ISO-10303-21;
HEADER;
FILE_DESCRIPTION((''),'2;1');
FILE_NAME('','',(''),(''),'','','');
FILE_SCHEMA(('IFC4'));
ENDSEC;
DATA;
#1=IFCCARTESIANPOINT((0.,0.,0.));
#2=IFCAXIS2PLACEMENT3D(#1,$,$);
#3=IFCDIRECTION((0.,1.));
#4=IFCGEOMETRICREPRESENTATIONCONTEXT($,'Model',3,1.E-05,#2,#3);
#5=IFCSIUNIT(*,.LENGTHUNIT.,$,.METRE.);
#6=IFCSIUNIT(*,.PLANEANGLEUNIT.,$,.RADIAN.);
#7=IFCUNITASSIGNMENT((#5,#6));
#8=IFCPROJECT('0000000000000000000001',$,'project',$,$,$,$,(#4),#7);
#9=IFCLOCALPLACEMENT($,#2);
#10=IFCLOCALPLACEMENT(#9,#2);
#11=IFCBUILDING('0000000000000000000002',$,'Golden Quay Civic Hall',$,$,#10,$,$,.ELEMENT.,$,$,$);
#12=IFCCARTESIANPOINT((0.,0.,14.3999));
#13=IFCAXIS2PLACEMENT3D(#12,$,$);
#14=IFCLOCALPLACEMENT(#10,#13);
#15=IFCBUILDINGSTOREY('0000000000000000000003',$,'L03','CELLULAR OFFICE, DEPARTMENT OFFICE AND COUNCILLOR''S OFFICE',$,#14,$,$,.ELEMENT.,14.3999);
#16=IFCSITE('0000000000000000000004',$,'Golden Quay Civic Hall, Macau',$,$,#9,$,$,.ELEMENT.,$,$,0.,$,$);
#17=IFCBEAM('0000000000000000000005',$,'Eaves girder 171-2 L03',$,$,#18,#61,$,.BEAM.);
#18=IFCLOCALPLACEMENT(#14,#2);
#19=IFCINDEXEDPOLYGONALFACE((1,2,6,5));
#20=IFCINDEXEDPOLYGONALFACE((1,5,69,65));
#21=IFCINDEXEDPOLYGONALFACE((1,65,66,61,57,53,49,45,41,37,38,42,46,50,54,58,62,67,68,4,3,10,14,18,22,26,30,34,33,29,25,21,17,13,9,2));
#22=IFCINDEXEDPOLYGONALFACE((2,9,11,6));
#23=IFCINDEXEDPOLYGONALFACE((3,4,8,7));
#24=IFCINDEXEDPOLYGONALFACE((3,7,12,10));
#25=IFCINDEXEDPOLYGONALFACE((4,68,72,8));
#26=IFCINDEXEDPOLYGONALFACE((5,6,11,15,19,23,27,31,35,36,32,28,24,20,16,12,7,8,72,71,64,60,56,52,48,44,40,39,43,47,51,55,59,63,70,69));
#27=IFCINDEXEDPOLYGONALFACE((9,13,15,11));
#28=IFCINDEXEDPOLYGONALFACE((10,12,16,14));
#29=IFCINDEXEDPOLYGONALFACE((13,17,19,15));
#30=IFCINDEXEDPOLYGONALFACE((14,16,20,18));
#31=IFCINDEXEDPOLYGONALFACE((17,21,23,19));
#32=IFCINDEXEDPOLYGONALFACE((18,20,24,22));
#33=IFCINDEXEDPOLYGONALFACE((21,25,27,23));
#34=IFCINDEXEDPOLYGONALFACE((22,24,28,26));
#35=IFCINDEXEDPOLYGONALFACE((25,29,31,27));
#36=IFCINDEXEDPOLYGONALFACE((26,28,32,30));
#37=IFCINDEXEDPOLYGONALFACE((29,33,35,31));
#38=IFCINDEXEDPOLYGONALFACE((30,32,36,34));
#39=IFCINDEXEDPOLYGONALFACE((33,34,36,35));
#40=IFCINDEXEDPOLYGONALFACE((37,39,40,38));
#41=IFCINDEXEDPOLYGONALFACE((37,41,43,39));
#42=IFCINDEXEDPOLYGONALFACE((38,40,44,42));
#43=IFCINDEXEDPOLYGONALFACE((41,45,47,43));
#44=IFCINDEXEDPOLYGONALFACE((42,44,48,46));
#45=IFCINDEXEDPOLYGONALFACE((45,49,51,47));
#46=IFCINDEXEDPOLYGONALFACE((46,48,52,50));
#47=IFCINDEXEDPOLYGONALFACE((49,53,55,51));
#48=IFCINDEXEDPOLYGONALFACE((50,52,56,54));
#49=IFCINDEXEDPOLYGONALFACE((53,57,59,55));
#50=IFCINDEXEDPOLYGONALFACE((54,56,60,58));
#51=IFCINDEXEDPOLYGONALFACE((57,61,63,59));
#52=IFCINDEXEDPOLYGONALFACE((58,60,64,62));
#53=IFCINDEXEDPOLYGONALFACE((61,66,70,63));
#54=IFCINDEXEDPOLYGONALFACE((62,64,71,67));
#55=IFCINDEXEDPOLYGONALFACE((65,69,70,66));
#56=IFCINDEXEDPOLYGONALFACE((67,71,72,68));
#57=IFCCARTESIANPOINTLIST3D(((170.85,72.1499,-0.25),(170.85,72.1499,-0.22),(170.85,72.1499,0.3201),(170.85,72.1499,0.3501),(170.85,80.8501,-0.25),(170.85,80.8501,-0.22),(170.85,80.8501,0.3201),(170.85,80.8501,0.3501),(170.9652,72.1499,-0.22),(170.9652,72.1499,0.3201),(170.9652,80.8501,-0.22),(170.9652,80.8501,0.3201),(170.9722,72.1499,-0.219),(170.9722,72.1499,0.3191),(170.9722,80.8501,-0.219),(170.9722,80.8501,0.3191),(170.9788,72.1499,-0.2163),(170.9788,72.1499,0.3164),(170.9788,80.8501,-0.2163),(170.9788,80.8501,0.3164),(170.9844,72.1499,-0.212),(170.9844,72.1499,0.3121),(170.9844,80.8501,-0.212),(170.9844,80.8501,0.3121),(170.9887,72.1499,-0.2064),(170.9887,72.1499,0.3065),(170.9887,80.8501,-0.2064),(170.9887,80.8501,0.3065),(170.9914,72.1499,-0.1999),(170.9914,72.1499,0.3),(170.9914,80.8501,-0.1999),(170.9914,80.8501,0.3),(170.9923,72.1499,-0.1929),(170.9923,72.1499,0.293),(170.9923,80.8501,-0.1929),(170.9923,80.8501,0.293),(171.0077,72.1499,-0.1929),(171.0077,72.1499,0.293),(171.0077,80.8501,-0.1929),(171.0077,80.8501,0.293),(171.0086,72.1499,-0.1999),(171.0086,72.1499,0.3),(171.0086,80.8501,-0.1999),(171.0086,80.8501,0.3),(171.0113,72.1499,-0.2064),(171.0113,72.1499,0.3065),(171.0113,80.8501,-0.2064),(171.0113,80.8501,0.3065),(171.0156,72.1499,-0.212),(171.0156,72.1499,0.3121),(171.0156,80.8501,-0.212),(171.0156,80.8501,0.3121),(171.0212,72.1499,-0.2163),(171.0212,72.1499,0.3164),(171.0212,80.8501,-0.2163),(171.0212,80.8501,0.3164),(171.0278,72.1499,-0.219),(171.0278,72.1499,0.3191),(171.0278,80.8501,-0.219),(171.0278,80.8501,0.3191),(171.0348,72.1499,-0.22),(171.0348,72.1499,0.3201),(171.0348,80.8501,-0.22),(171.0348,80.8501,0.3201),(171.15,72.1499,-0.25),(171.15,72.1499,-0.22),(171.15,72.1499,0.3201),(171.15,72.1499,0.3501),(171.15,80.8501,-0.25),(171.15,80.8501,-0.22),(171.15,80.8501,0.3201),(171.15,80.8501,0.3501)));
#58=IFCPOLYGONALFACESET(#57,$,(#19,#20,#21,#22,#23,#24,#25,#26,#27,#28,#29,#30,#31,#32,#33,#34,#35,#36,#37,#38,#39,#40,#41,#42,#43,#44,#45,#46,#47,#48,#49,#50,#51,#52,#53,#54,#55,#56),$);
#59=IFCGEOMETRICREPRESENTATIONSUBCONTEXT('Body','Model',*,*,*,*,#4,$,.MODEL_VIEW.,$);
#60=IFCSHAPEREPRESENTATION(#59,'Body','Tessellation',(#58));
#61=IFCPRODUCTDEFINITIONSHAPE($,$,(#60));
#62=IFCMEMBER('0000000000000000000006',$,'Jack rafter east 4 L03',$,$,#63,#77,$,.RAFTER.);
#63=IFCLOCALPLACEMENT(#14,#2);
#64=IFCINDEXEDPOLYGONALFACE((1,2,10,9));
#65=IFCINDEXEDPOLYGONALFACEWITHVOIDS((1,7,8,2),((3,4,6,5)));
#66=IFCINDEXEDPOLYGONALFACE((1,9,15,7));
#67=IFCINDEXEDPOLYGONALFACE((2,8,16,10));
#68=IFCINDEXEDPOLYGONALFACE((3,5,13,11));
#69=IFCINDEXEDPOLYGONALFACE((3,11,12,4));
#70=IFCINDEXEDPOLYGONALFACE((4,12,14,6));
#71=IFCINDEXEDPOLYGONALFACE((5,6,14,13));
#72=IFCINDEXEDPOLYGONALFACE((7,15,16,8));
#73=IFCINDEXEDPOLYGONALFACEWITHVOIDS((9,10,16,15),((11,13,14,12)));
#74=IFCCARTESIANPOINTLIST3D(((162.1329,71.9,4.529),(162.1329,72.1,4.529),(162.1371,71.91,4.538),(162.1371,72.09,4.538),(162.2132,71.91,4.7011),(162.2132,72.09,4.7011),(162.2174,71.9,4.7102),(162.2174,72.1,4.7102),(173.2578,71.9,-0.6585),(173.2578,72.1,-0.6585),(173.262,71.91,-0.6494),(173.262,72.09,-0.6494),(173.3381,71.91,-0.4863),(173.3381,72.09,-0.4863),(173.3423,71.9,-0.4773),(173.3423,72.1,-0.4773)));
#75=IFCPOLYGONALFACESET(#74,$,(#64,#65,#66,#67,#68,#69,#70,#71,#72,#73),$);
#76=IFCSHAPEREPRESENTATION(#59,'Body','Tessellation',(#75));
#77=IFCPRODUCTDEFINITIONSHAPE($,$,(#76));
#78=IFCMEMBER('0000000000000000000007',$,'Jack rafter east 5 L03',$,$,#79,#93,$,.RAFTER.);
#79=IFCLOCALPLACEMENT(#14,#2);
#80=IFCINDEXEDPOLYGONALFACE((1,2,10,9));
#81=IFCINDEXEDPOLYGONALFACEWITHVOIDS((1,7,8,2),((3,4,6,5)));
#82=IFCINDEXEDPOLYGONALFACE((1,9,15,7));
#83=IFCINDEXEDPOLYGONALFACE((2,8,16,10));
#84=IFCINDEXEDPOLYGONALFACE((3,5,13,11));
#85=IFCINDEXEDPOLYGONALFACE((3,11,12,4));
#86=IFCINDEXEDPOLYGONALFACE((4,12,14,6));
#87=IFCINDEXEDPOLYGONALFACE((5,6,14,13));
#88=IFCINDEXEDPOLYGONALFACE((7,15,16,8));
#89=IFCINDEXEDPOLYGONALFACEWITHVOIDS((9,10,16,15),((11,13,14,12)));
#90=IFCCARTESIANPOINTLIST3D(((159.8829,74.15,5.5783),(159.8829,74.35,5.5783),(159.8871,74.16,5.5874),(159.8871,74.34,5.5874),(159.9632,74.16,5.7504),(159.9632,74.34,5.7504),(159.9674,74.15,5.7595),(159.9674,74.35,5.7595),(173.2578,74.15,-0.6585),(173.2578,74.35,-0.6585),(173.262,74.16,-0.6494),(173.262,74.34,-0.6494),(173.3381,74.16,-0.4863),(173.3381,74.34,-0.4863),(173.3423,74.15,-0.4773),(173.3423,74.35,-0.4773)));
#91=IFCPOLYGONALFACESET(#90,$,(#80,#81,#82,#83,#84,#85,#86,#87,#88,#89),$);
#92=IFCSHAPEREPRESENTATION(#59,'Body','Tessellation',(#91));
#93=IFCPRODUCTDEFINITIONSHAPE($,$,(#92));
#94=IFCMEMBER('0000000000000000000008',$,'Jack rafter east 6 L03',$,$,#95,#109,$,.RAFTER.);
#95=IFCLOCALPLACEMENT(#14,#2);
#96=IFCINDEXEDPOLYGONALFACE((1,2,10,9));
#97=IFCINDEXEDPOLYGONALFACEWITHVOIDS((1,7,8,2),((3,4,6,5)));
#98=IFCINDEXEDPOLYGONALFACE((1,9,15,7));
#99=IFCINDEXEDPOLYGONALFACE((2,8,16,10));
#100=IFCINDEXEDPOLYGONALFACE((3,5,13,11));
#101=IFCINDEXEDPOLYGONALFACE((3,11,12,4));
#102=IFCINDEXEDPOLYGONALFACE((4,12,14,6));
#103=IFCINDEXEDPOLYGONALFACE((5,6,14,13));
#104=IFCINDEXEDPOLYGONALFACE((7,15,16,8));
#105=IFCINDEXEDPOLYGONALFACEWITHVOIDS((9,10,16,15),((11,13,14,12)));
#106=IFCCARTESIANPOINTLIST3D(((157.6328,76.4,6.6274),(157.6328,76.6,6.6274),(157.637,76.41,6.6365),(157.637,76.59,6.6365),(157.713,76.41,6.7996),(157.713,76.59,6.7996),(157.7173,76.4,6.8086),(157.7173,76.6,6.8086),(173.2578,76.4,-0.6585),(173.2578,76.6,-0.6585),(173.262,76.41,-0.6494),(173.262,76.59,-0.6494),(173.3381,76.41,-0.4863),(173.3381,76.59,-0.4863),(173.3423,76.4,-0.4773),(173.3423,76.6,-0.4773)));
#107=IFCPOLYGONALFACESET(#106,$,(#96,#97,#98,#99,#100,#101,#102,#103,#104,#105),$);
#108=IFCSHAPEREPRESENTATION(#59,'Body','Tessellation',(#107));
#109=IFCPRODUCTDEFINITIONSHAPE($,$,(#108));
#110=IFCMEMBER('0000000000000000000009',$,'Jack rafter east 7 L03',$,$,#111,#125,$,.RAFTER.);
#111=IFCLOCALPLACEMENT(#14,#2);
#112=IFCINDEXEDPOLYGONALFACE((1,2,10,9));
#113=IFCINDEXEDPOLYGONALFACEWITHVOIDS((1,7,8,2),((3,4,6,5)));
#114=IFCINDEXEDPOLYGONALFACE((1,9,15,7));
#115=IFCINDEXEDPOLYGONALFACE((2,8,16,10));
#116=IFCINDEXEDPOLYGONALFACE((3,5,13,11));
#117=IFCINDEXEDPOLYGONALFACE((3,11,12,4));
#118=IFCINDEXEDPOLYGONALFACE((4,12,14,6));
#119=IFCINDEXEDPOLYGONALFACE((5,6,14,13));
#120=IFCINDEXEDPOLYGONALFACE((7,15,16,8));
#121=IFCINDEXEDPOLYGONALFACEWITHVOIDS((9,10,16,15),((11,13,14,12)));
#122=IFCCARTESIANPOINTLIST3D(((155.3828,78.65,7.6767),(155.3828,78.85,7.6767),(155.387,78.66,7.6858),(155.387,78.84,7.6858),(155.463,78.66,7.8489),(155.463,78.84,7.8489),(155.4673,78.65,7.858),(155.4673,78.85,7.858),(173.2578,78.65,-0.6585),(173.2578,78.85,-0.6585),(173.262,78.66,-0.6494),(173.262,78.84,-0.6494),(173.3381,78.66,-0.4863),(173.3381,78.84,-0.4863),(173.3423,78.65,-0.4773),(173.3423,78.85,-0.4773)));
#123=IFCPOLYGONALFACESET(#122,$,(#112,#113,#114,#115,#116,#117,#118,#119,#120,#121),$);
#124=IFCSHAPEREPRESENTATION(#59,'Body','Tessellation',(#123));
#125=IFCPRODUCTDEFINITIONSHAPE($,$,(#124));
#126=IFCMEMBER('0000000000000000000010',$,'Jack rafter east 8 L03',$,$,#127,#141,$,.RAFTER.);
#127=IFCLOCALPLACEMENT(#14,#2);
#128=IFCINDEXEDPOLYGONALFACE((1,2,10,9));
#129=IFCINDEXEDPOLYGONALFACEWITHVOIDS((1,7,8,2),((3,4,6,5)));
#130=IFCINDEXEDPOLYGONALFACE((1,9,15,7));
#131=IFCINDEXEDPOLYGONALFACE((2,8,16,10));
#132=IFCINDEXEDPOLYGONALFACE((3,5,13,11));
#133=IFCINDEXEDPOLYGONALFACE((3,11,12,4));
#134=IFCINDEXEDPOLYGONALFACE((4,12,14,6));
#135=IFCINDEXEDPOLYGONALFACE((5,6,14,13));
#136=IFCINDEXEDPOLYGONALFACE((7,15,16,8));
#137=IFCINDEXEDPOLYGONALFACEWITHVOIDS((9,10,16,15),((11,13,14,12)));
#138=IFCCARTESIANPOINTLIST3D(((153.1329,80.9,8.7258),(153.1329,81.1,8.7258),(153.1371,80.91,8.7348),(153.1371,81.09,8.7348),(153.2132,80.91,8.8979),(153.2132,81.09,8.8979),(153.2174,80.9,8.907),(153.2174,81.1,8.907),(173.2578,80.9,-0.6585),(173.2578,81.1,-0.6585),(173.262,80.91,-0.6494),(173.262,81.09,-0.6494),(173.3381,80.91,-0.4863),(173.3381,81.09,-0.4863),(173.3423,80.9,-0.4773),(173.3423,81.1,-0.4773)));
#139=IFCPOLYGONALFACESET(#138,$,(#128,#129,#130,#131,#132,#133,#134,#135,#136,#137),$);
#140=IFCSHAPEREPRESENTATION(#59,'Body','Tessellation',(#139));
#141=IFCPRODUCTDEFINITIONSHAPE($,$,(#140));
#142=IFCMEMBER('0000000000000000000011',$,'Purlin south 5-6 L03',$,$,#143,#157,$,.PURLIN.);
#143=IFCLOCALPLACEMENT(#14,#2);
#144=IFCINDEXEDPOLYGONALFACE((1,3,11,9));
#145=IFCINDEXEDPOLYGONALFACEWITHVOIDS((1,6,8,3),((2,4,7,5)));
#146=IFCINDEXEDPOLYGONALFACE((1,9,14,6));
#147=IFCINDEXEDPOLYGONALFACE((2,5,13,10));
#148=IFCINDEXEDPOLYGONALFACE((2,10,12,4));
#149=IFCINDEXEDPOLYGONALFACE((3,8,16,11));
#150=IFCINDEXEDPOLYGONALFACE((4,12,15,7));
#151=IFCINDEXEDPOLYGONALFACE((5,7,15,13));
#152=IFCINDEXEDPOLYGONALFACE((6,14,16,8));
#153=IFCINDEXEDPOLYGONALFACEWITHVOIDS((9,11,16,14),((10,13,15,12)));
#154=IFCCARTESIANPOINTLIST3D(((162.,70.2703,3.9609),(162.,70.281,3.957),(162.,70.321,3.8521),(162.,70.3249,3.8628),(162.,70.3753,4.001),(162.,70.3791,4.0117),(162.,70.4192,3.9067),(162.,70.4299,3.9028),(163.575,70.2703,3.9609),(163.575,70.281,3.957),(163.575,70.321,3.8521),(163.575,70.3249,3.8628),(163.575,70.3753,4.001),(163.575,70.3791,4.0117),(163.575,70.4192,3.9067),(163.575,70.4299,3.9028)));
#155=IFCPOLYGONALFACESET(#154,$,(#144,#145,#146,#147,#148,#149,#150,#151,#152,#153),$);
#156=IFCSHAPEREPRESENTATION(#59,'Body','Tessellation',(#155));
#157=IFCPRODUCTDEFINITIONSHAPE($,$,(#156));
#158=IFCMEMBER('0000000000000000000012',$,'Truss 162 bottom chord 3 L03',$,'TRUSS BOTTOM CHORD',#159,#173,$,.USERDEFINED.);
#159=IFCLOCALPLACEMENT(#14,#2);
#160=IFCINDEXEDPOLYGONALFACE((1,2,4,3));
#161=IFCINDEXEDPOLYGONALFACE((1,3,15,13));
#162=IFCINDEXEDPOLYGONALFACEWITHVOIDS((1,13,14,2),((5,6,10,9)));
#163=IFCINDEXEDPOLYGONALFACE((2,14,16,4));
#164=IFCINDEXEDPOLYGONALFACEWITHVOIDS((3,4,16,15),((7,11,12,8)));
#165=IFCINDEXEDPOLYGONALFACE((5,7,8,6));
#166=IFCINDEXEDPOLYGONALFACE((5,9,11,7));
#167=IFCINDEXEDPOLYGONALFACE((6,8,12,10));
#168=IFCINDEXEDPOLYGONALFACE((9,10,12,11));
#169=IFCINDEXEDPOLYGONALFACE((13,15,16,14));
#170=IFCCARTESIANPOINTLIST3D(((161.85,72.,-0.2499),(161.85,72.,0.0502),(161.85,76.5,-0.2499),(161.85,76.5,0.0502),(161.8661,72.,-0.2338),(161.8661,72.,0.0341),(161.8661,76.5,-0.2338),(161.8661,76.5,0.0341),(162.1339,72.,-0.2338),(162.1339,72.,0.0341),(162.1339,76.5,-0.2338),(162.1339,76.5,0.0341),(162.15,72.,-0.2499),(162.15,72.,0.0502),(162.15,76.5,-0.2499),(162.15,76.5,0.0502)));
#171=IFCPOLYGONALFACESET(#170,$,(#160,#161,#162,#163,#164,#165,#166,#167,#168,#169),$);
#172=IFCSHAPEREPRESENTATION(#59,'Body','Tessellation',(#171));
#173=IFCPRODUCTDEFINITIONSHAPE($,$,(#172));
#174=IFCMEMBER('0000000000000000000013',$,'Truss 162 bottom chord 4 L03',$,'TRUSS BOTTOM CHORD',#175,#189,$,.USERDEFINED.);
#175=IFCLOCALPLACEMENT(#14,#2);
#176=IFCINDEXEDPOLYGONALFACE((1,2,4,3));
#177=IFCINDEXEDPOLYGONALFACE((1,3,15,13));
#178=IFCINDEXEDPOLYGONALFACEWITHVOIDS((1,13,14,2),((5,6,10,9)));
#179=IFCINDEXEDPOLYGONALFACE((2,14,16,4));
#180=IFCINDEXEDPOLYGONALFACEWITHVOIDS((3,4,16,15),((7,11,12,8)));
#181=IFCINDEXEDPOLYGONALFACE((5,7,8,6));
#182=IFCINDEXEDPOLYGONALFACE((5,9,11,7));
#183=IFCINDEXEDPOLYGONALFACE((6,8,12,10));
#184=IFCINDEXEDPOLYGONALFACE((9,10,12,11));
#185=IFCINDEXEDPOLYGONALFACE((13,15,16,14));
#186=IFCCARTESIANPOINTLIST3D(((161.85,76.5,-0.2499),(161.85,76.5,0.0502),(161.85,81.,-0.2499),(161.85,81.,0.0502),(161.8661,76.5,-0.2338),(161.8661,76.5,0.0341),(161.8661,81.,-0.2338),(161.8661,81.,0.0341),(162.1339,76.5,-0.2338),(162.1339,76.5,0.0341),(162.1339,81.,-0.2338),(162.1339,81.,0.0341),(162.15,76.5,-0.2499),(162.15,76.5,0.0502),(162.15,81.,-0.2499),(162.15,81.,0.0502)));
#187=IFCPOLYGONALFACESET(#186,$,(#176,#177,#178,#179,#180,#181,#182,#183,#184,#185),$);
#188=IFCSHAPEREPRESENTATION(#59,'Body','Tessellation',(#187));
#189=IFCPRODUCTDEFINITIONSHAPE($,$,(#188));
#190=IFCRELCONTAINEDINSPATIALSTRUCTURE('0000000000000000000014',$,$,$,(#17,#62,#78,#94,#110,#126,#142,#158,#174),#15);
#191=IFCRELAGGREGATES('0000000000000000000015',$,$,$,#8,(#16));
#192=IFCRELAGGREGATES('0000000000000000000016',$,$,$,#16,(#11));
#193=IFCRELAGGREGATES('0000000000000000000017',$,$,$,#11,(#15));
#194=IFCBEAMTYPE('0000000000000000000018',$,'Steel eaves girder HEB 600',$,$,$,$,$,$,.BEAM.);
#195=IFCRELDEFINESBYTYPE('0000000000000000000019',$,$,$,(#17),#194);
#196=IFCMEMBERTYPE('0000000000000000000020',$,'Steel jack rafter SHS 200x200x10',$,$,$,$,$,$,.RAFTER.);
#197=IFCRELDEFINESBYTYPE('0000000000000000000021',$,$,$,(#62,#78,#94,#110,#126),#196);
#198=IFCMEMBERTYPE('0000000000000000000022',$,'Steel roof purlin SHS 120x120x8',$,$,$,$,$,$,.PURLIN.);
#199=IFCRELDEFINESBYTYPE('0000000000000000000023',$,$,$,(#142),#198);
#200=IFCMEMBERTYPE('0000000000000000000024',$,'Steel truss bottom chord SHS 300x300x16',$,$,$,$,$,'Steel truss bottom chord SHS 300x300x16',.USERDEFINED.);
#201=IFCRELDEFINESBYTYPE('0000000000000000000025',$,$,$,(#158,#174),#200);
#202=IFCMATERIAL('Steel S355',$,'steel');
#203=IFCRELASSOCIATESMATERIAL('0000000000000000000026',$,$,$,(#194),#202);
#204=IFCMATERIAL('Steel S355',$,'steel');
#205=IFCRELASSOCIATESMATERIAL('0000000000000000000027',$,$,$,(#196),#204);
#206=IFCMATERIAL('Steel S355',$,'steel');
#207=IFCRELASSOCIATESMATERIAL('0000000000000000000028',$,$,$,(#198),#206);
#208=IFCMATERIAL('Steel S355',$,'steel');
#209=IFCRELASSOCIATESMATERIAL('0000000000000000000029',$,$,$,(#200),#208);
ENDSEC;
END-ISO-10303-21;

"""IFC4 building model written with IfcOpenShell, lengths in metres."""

from ifc_helpers import new_model, si_unit, direction, frame, origin, origin_2d, place, context, subcontext, project, spatial, hollow_rectangle, i_section, extrude, material, material_profile, profile_set, type_object, element, save


model = new_model("IFC4")

# Units and contexts
model_context = context("Model", 3, precision=1e-05, world=origin(), true_north=direction((0.0, 1.0)))
body_context = subcontext(model_context, "Body", "Model", "MODEL_VIEW")
ifc_project = project(units=[si_unit("LENGTHUNIT", "METRE"), si_unit("PLANEANGLEUNIT", "RADIAN")], contexts=[model_context])

# Site, building, storey
site_placement = place(None, origin())
site = spatial("IfcSite", under=ifc_project, at=site_placement, Name="Golden Quay Civic Hall, Macau", CompositionType="ELEMENT", RefElevation=0.0)
building_placement = place(site_placement, origin())
building = spatial("IfcBuilding", under=site, at=building_placement, Name="Golden Quay Civic Hall", CompositionType="ELEMENT")
storey_placement = place(building_placement, frame((0.0, 0.0, 14.3999)))
storey = spatial("IfcBuildingStorey", under=building, at=storey_placement, Name="L03", Description="CELLULAR OFFICE, DEPARTMENT OFFICE AND COUNCILLOR'S OFFICE", CompositionType="ELEMENT", Elevation=14.3999)

# Beam
ifc_material_1 = material(Name="Steel S355", Category="steel")
ifc_material_profile_1 = material_profile(ifc_material_1, i_section(OverallWidth=0.3, OverallDepth=0.6001, WebThickness=0.0154, FlangeThickness=0.03, FilletRadius=0.0271, at=origin_2d()), Name="HEB 600")
ifc_profile_set_1 = profile_set([ifc_material_profile_1], Name="Steel S355")
beam_type = type_object("IfcBeamType", Name="Steel eaves girder HEB 600", PredefinedType="BEAM", material=ifc_profile_set_1)
beam_placement = place(storey_placement, frame((171.0, 72.1499, 0.05), z_axis=(0.0, 1.0, 0.0), x_axis=(-1.0, 0.0, 0.0)))
element("IfcBeam", 1, at=beam_placement, inside=storey, type_object=beam_type, Name="Eaves girder 171-2 L03", PredefinedType="BEAM", context=body_context, shape_type="SweptSolid", body=[
    extrude(i_section(OverallWidth=0.3, OverallDepth=0.6001, WebThickness=0.0154, FlangeThickness=0.03, FilletRadius=0.0271, at=origin_2d()), origin(), (0.0, 0.0, 1.0), 8.7002),
])

# Members
ifc_material_2 = material(Name="Steel S355", Category="steel")
ifc_material_profile_2 = material_profile(ifc_material_2, hollow_rectangle(XDim=0.2, YDim=0.2, WallThickness=0.01, at=origin_2d()), Name="SHS 200x200x10")
ifc_profile_set_2 = profile_set([ifc_material_profile_2], Name="Steel S355")
member_type_1 = type_object("IfcMemberType", Name="Steel jack rafter SHS 200x200x10", PredefinedType="RAFTER", material=ifc_profile_set_2)
member_1_placement = place(storey_placement, frame((173.3, 72.0, -0.5679), z_axis=(-0.906313, 0.0, 0.422607), x_axis=(0.0, -1.0, 0.0)))
element("IfcMember", 2, at=member_1_placement, inside=storey, type_object=member_type_1, Name="Jack rafter east 4 L03", PredefinedType="RAFTER", context=body_context, shape_type="SweptSolid", body=[
    extrude(hollow_rectangle(XDim=0.2, YDim=0.2, WallThickness=0.01, at=origin_2d()), origin(), (0.0, 0.0, 1.0), 12.2749),
])
member_2_placement = place(storey_placement, frame((173.3, 74.25, -0.5679), z_axis=(-0.906309, 0.0, 0.422616), x_axis=(0.0, -1.0, 0.0)))
element("IfcMember", 3, at=member_2_placement, inside=storey, type_object=member_type_1, Name="Jack rafter east 5 L03", PredefinedType="RAFTER", context=body_context, shape_type="SweptSolid", body=[
    extrude(hollow_rectangle(XDim=0.2, YDim=0.2, WallThickness=0.01, at=origin_2d()), origin(), (0.0, 0.0, 1.0), 14.7576),
])
member_3_placement = place(storey_placement, frame((173.3, 76.5, -0.5679), z_axis=(-0.906312, 0.0, 0.42261), x_axis=(0.0, -1.0, 0.0)))
element("IfcMember", 4, at=member_3_placement, inside=storey, type_object=member_type_1, Name="Jack rafter east 6 L03", PredefinedType="RAFTER", context=body_context, shape_type="SweptSolid", body=[
    extrude(hollow_rectangle(XDim=0.2, YDim=0.2, WallThickness=0.01, at=origin_2d()), origin(), (0.0, 0.0, 1.0), 17.2402),
])
member_4_placement = place(storey_placement, frame((173.3, 78.75, -0.5679), z_axis=(-0.906309, 0.0, 0.422616), x_axis=(0.0, -1.0, 0.0)))
element("IfcMember", 5, at=member_4_placement, inside=storey, type_object=member_type_1, Name="Jack rafter east 7 L03", PredefinedType="RAFTER", context=body_context, shape_type="SweptSolid", body=[
    extrude(hollow_rectangle(XDim=0.2, YDim=0.2, WallThickness=0.01, at=origin_2d()), origin(), (0.0, 0.0, 1.0), 19.7229),
])
member_5_placement = place(storey_placement, frame((173.3, 81.0, -0.5679), z_axis=(-0.906311, 0.0, 0.422612), x_axis=(0.0, -1.0, 0.0)))
element("IfcMember", 6, at=member_5_placement, inside=storey, type_object=member_type_1, Name="Jack rafter east 8 L03", PredefinedType="RAFTER", context=body_context, shape_type="SweptSolid", body=[
    extrude(hollow_rectangle(XDim=0.2, YDim=0.2, WallThickness=0.01, at=origin_2d()), origin(), (0.0, 0.0, 1.0), 22.2053),
])
ifc_material_3 = material(Name="Steel S355", Category="steel")
ifc_material_profile_3 = material_profile(ifc_material_3, hollow_rectangle(XDim=0.1201, YDim=0.1201, WallThickness=0.0081, at=origin_2d()), Name="SHS 120x120x8")
ifc_profile_set_3 = profile_set([ifc_material_profile_3], Name="Steel S355")
member_type_2 = type_object("IfcMemberType", Name="Steel roof purlin SHS 120x120x8", PredefinedType="PURLIN", material=ifc_profile_set_3)
member_6_placement = place(storey_placement, frame((162.0, 70.3501, 3.9319), z_axis=(1.0, 0.0, 0.0), x_axis=(0.0, 0.906308, 0.422618)))
element("IfcMember", 7, at=member_6_placement, inside=storey, type_object=member_type_2, Name="Purlin south 5-6 L03", PredefinedType="PURLIN", context=body_context, shape_type="SweptSolid", body=[
    extrude(hollow_rectangle(XDim=0.1201, YDim=0.1201, WallThickness=0.0081, at=origin_2d()), origin(), (0.0, 0.0, 1.0), 1.575),
])
ifc_material_4 = material(Name="Steel S355", Category="steel")
ifc_material_profile_4 = material_profile(ifc_material_4, hollow_rectangle(XDim=0.3, YDim=0.3, WallThickness=0.0161, at=origin_2d()), Name="SHS 300x300x16")
ifc_profile_set_4 = profile_set([ifc_material_profile_4], Name="Steel S355")
member_type_3 = type_object("IfcMemberType", Name="Steel truss bottom chord SHS 300x300x16", ElementType="Steel truss bottom chord SHS 300x300x16", PredefinedType="USERDEFINED", material=ifc_profile_set_4)
for number, where, z_axis, x_axis, name in (
    (8, (162.0, 72.0, -0.0999), (0.0, 1.0, 0.0), (-1.0, 0.0, 0.0), "Truss 162 bottom chord 3 L03"),
    (9, (162.0, 76.5, -0.0999), (0.0, 1.0, 0.0), (-1.0, 0.0, 0.0), "Truss 162 bottom chord 4 L03"),
):
    element("IfcMember", number, at=place(storey_placement, frame(where, z_axis=z_axis, x_axis=x_axis)), inside=storey, type_object=member_type_3, Name=name, ObjectType="TRUSS BOTTOM CHORD", PredefinedType="USERDEFINED", context=body_context, shape_type="SweptSolid", body=[
        extrude(hollow_rectangle(XDim=0.3, YDim=0.3, WallThickness=0.0161, at=origin_2d()), origin(), (0.0, 0.0, 1.0), 4.5),
    ])

save(model, "model.ifc")
